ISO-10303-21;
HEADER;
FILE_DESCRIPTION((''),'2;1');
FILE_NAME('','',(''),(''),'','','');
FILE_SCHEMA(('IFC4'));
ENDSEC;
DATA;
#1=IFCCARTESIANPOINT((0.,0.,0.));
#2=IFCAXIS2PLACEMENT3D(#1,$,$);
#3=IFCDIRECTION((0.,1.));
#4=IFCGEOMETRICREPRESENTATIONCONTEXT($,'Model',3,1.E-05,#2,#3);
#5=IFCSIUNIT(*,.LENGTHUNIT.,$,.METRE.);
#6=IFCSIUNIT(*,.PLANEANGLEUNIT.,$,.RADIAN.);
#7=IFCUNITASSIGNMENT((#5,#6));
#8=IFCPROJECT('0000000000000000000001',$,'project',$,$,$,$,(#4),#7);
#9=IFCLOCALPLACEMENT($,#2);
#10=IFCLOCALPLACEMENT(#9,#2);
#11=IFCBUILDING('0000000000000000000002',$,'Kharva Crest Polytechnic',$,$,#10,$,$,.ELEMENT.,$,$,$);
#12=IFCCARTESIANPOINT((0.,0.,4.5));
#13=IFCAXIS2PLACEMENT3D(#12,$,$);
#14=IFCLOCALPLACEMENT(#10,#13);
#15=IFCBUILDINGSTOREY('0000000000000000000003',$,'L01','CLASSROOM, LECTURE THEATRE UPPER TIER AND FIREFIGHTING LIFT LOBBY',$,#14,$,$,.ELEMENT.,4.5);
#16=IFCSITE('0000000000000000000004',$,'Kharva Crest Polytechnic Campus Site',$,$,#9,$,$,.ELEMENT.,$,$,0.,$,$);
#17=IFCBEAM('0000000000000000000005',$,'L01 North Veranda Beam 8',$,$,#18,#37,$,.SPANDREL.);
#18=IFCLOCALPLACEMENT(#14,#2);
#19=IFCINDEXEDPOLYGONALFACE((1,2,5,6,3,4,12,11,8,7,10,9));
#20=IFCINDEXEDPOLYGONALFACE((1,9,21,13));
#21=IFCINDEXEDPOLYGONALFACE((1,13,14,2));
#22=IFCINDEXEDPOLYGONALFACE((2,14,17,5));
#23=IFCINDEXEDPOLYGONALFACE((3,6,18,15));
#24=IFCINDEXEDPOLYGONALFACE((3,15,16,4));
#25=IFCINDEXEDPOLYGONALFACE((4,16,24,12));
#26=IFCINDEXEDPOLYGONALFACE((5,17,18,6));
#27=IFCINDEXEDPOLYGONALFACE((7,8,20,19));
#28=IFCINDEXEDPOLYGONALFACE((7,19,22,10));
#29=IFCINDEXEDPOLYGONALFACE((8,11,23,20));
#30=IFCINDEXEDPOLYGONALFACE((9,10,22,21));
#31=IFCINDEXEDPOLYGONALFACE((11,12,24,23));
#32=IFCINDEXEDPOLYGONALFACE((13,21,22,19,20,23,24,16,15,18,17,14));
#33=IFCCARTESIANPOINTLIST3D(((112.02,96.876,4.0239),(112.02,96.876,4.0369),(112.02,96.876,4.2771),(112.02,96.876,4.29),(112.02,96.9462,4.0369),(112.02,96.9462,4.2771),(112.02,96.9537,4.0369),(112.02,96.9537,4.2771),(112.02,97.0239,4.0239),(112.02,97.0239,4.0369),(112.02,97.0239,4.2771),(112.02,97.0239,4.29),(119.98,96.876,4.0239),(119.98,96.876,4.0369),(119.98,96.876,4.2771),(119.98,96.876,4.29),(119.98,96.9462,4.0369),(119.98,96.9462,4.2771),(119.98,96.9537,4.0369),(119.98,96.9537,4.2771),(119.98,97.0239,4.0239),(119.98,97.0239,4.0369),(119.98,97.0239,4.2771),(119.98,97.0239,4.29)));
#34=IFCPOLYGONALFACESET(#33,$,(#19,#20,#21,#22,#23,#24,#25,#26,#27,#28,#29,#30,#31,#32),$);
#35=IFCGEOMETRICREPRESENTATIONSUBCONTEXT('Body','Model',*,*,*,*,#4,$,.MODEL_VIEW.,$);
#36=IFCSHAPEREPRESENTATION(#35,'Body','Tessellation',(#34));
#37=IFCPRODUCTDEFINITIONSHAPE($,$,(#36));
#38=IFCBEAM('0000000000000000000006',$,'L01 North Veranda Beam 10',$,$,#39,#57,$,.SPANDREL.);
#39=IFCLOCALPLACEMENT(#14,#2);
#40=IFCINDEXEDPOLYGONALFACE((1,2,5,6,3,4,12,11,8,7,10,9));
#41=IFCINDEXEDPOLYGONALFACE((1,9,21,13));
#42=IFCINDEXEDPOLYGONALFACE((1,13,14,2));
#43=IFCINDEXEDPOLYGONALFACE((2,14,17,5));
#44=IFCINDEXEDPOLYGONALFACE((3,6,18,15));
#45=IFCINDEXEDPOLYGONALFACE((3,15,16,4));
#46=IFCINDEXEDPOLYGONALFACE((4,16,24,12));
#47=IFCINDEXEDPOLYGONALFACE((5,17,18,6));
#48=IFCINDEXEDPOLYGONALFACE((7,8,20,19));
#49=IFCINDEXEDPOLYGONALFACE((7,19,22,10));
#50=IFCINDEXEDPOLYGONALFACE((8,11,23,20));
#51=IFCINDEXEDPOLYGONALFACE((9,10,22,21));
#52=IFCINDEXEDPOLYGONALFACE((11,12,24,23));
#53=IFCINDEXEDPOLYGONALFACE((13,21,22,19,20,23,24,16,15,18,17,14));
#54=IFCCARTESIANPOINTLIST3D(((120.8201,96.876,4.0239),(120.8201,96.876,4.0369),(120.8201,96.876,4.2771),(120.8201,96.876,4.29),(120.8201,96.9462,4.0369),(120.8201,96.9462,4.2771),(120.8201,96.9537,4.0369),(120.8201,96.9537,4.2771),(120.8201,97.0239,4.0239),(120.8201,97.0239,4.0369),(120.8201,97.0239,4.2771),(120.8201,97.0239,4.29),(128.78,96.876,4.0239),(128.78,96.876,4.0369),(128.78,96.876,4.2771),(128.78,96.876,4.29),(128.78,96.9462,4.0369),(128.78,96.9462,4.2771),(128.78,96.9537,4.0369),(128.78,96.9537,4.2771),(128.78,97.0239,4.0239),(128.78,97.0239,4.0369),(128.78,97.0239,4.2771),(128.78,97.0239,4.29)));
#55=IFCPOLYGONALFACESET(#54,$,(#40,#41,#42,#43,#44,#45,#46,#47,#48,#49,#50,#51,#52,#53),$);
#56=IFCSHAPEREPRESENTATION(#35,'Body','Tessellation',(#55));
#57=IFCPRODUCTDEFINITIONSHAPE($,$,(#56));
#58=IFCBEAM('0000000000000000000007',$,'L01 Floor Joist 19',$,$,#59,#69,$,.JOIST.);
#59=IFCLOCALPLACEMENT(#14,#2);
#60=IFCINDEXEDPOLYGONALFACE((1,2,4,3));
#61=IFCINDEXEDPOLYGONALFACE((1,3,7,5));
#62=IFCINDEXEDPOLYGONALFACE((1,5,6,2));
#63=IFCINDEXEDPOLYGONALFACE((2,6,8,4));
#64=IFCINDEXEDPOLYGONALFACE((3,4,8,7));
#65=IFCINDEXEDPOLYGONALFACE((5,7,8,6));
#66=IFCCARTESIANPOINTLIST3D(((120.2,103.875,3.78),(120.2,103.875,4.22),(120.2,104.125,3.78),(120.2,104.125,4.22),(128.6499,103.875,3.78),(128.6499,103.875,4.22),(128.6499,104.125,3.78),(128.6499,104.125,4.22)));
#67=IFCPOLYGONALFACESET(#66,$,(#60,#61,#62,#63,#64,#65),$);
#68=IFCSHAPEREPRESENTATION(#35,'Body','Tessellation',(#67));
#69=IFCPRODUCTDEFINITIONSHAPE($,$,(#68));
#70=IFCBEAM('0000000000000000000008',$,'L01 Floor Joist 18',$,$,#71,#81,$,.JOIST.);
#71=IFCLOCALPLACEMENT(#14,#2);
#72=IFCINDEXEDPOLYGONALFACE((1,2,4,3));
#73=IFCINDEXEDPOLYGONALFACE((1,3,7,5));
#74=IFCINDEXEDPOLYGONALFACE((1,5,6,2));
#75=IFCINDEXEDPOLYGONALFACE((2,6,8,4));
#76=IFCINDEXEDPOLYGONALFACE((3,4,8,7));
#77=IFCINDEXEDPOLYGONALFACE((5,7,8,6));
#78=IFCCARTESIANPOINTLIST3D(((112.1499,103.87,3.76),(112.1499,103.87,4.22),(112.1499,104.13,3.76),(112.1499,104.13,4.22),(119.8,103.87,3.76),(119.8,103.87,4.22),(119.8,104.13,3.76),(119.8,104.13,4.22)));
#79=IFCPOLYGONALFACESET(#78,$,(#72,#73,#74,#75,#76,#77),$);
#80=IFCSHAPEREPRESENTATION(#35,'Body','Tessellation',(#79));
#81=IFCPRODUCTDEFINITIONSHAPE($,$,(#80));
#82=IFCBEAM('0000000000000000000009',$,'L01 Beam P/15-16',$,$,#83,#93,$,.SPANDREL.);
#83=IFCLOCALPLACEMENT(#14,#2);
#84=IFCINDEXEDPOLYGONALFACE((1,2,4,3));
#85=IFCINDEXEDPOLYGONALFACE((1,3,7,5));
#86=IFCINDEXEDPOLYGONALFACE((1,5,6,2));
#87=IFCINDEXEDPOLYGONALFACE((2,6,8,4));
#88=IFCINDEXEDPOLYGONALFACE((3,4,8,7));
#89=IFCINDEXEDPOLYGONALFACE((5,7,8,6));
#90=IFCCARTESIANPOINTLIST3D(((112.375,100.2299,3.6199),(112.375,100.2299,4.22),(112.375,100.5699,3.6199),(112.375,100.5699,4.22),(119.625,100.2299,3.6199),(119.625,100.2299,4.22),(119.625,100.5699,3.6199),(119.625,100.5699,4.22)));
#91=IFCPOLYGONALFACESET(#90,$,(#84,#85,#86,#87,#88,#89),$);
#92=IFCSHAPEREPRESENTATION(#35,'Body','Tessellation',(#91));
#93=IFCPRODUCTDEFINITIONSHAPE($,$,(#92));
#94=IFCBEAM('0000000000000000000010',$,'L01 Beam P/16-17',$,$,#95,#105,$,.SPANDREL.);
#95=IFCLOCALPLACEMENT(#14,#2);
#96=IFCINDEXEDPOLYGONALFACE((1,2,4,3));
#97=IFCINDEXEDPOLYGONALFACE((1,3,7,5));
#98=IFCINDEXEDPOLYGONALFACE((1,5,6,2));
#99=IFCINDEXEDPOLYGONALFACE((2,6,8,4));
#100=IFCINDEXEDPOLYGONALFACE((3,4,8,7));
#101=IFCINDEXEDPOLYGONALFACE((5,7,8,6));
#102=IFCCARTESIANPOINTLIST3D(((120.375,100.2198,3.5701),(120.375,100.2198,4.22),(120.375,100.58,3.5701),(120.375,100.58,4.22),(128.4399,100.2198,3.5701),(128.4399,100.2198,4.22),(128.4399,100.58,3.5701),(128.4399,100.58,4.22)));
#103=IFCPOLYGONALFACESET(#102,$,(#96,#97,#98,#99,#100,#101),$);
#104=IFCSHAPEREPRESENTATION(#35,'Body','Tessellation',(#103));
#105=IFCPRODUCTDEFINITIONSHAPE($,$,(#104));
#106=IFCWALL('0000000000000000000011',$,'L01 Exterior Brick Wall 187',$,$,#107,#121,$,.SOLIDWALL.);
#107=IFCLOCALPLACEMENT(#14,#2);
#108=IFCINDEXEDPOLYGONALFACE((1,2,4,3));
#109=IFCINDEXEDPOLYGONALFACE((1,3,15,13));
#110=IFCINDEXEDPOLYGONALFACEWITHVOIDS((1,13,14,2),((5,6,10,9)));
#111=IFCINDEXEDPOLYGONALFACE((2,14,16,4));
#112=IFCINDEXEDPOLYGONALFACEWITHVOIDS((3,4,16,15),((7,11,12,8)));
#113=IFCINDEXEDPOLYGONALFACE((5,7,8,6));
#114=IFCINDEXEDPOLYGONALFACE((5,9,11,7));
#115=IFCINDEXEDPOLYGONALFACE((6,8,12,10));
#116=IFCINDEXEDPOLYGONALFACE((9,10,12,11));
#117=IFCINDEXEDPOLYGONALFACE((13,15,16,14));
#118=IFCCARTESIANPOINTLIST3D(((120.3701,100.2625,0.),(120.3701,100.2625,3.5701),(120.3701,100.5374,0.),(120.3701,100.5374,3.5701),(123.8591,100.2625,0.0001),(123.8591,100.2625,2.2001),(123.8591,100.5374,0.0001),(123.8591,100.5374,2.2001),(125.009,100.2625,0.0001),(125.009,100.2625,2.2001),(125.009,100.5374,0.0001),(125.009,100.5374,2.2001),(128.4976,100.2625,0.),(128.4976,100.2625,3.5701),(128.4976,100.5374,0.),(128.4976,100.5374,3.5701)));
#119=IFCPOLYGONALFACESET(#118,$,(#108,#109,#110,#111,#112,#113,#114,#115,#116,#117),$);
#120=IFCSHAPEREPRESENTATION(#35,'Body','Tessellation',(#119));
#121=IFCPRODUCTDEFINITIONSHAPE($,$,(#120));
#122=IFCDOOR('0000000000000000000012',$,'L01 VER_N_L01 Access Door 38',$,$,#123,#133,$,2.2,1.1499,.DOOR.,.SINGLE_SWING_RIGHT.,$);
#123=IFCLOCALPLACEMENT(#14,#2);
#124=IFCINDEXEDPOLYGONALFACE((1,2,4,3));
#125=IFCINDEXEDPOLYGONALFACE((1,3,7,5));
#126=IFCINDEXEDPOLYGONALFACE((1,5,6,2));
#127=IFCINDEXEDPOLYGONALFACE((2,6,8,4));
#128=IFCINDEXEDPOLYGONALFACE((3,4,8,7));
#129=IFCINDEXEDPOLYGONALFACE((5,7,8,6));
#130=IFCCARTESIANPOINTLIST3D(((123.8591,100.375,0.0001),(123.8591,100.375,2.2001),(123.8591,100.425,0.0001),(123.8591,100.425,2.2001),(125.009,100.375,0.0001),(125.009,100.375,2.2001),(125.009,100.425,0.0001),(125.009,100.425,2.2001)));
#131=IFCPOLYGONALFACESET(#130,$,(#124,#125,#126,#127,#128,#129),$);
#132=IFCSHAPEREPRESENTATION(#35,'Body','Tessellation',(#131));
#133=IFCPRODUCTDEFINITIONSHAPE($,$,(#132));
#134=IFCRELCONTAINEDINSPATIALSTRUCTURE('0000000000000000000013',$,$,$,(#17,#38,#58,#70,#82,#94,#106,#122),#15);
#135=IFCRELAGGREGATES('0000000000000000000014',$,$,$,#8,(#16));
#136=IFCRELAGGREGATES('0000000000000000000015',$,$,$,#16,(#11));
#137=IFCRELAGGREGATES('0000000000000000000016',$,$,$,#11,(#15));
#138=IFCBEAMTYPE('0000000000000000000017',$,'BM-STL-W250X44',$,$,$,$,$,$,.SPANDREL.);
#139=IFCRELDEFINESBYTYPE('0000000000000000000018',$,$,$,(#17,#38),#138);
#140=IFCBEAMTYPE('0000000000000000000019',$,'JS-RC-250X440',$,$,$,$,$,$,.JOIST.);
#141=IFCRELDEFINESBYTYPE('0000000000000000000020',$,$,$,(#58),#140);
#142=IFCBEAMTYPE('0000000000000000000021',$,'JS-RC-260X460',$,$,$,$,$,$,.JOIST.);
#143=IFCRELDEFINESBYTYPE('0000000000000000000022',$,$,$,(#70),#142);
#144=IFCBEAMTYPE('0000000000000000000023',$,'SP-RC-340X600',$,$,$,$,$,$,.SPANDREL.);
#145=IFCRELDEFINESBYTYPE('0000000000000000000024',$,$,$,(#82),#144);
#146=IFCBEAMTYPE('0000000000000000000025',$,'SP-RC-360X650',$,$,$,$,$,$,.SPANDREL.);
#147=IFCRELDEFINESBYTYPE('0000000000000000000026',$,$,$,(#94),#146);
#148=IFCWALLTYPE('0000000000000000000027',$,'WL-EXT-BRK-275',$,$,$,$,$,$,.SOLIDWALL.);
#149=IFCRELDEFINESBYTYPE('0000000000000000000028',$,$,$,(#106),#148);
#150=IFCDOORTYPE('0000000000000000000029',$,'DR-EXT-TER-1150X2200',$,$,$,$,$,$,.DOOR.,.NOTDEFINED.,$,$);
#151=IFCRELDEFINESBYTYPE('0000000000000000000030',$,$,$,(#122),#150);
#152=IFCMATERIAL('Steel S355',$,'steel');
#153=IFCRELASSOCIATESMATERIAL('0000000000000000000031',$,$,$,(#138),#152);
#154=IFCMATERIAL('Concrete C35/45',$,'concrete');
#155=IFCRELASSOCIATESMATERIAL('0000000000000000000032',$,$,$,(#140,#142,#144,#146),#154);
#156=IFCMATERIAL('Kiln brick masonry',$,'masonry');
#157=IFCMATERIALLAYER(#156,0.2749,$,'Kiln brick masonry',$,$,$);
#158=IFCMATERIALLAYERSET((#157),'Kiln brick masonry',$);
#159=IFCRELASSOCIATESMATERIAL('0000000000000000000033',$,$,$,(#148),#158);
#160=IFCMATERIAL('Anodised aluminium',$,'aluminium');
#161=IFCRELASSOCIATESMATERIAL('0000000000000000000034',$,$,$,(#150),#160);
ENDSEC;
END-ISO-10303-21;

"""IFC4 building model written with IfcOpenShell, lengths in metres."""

from ifc_helpers import new_model, si_unit, direction, frame, frame_2d, origin, origin_2d, place, context, subcontext, project, spatial, rectangle, i_section, extrude, material, layer, layer_set, material_profile, profile_set, type_object, element, fill, save


model = new_model("IFC4")

# Units and contexts
model_context = context("Model", 3, precision=1e-05, world=origin(), true_north=direction((0.0, 1.0)))
body_context = subcontext(model_context, "Body", "Model", "MODEL_VIEW")
ifc_project = project(units=[si_unit("LENGTHUNIT", "METRE"), si_unit("PLANEANGLEUNIT", "RADIAN")], contexts=[model_context])

# Site, building, storey
site_placement = place(None, origin())
site = spatial("IfcSite", under=ifc_project, at=site_placement, Name="Kharva Crest Polytechnic Campus Site", CompositionType="ELEMENT", RefElevation=0.0)
building_placement = place(site_placement, origin())
building = spatial("IfcBuilding", under=site, at=building_placement, Name="Kharva Crest Polytechnic", CompositionType="ELEMENT")
storey_placement = place(building_placement, frame((0.0, 0.0, 4.5)))
storey = spatial("IfcBuildingStorey", under=building, at=storey_placement, Name="L01", Description="CLASSROOM, LECTURE THEATRE UPPER TIER AND FIREFIGHTING LIFT LOBBY", CompositionType="ELEMENT", Elevation=4.5)

# Shared definitions
ifc_material_1 = material(Name="Steel S355", Category="steel")

# Beams
ifc_material_2 = material(Name="Concrete C35/45", Category="concrete")
ifc_material_profile_1 = material_profile(ifc_material_1, i_section(OverallWidth=0.1479, OverallDepth=0.2661, WebThickness=0.0076, FlangeThickness=0.0129, at=origin_2d()), Name="W250X44.8")
ifc_profile_set_1 = profile_set([ifc_material_profile_1], Name="Steel S355")
beam_type_1 = type_object("IfcBeamType", Name="BM-STL-W250X44", PredefinedType="SPANDREL", material=ifc_profile_set_1)
for number, where, z_axis, x_axis, name in (
    (1, (112.02, 96.95, 4.157), (1.0, 0.0, 0.0), (0.0, 1.0, 0.0), "L01 North Veranda Beam 8"),
    (2, (120.8201, 96.95, 4.157), (1.0, 0.0, 0.0), (0.0, 1.0, 0.0), "L01 North Veranda Beam 10"),
):
    element("IfcBeam", number, at=place(storey_placement, frame(where, z_axis=z_axis, x_axis=x_axis)), inside=storey, type_object=beam_type_1, Name=name, PredefinedType="SPANDREL", context=body_context, shape_type="SweptSolid", body=[
        extrude(i_section(OverallWidth=0.1479, OverallDepth=0.2661, WebThickness=0.0076, FlangeThickness=0.0129, at=origin_2d()), origin(), (0.0, 0.0, 1.0), 7.96),
    ])
ifc_material_profile_2 = material_profile(ifc_material_2, rectangle(XDim=0.25, YDim=0.4399, at=origin_2d()), Name="RECT 250 X 440")
ifc_profile_set_2 = profile_set([ifc_material_profile_2], Name="Concrete C35/45")
beam_type_2 = type_object("IfcBeamType", Name="JS-RC-250X440", PredefinedType="JOIST", material=ifc_profile_set_2)
beam_1_placement = place(storey_placement, frame((120.2, 104.0, 4.0), z_axis=(1.0, 0.0, 0.0), x_axis=(0.0, 1.0, 0.0)))
element("IfcBeam", 3, at=beam_1_placement, inside=storey, type_object=beam_type_2, Name="L01 Floor Joist 19", PredefinedType="JOIST", context=body_context, shape_type="SweptSolid", body=[
    extrude(rectangle(XDim=0.25, YDim=0.4399, at=origin_2d()), origin(), (0.0, 0.0, 1.0), 8.45),
])
ifc_material_profile_3 = material_profile(ifc_material_2, rectangle(XDim=0.26, YDim=0.46, at=origin_2d()), Name="RECT 260 X 460")
ifc_profile_set_3 = profile_set([ifc_material_profile_3], Name="Concrete C35/45")
beam_type_3 = type_object("IfcBeamType", Name="JS-RC-260X460", PredefinedType="JOIST", material=ifc_profile_set_3)
beam_2_placement = place(storey_placement, frame((112.1499, 104.0, 3.99), z_axis=(1.0, 0.0, 0.0), x_axis=(0.0, 1.0, 0.0)))
element("IfcBeam", 4, at=beam_2_placement, inside=storey, type_object=beam_type_3, Name="L01 Floor Joist 18", PredefinedType="JOIST", context=body_context, shape_type="SweptSolid", body=[
    extrude(rectangle(XDim=0.26, YDim=0.46, at=origin_2d()), origin(), (0.0, 0.0, 1.0), 7.6501),
])
ifc_material_profile_4 = material_profile(ifc_material_2, rectangle(XDim=0.3401, YDim=0.6001, at=origin_2d()), Name="RECT 340 X 600")
ifc_profile_set_4 = profile_set([ifc_material_profile_4], Name="Concrete C35/45")
beam_type_4 = type_object("IfcBeamType", Name="SP-RC-340X600", PredefinedType="SPANDREL", material=ifc_profile_set_4)
beam_3_placement = place(storey_placement, frame((112.375, 100.3999, 3.9199), z_axis=(1.0, 0.0, 0.0), x_axis=(0.0, 1.0, 0.0)))
element("IfcBeam", 5, at=beam_3_placement, inside=storey, type_object=beam_type_4, Name="L01 Beam P/15-16", PredefinedType="SPANDREL", context=body_context, shape_type="SweptSolid", body=[
    extrude(rectangle(XDim=0.3401, YDim=0.6001, at=origin_2d()), origin(), (0.0, 0.0, 1.0), 7.25),
])
ifc_material_profile_5 = material_profile(ifc_material_2, rectangle(XDim=0.3601, YDim=0.6499, at=origin_2d()), Name="RECT 360 X 650")
ifc_profile_set_5 = profile_set([ifc_material_profile_5], Name="Concrete C35/45")
beam_type_5 = type_object("IfcBeamType", Name="SP-RC-360X650", PredefinedType="SPANDREL", material=ifc_profile_set_5)
beam_4_placement = place(storey_placement, frame((120.375, 100.3999, 3.895), z_axis=(1.0, 0.0, 0.0), x_axis=(0.0, 1.0, 0.0)))
element("IfcBeam", 6, at=beam_4_placement, inside=storey, type_object=beam_type_5, Name="L01 Beam P/16-17", PredefinedType="SPANDREL", context=body_context, shape_type="SweptSolid", body=[
    extrude(rectangle(XDim=0.3601, YDim=0.6499, at=origin_2d()), origin(), (0.0, 0.0, 1.0), 8.0649),
])

# Wall, opening, door
ifc_material_3 = material(Name="Kiln brick masonry", Category="masonry")
ifc_layer_1 = layer(ifc_material_3, 0.2749, Name="Kiln brick masonry")
ifc_layer_set_1 = layer_set([ifc_layer_1], Name="Kiln brick masonry")
wall_type_1 = type_object("IfcWallType", Name="WL-EXT-BRK-275", PredefinedType="SOLIDWALL", material=ifc_layer_set_1)
wall_1_placement = place(storey_placement, frame((120.3701, 100.3999, 0.0), z_axis=(0.0, 0.0, 1.0), x_axis=(1.0, 0.0, 0.0)))
wall_1 = element("IfcWall", 7, at=wall_1_placement, inside=storey, type_object=wall_type_1, Name="L01 Exterior Brick Wall 187", PredefinedType="SOLIDWALL", context=body_context, shape_type="SweptSolid", body=[
    extrude(rectangle(XDim=8.1274, YDim=0.2749, at=frame_2d((4.0637, 0.0))), origin(), (0.0, 0.0, 1.0), 3.5701),
])
opening_1_placement = place(wall_1_placement, frame((3.489, 0.0, 0.0)))
opening_1 = element("IfcOpeningElement", 8, at=opening_1_placement, cuts=wall_1, PredefinedType="OPENING", context=body_context, shape_type="SweptSolid", body=[
    extrude(rectangle(XDim=1.1499, YDim=2.2, at=frame_2d((0.575, 1.1001))), frame((0.0, 0.1475, 0.0), z_axis=(0.0, -1.0, 0.0), x_axis=(1.0, 0.0, 0.0)), (0.0, 0.0, 1.0), 0.2949),
])
ifc_material_4 = material(Name="Anodised aluminium", Category="aluminium")
door_type = type_object("IfcDoorType", Name="DR-EXT-TER-1150X2200", OperationType="NOTDEFINED", PredefinedType="DOOR", material=ifc_material_4)
door_placement = place(opening_1_placement, frame((1.1499, 0.0, 0.0), z_axis=(0.0, 0.0, 1.0), x_axis=(-1.0, 0.0, 0.0)))
door = element("IfcDoor", 9, at=door_placement, inside=storey, type_object=door_type, Name="L01 VER_N_L01 Access Door 38", OperationType="SINGLE_SWING_RIGHT", OverallHeight=2.2, OverallWidth=1.1499, PredefinedType="DOOR", context=body_context, shape_type="SweptSolid", body=[
    extrude(rectangle(XDim=1.1499, YDim=2.2, at=frame_2d((0.575, 1.1001))), frame((0.0, 0.0249, 0.0), z_axis=(0.0, -1.0, 0.0), x_axis=(1.0, 0.0, 0.0)), (0.0, 0.0, 1.0), 0.05),
])
fill(opening_1, door)

save(model, "model.ifc")
